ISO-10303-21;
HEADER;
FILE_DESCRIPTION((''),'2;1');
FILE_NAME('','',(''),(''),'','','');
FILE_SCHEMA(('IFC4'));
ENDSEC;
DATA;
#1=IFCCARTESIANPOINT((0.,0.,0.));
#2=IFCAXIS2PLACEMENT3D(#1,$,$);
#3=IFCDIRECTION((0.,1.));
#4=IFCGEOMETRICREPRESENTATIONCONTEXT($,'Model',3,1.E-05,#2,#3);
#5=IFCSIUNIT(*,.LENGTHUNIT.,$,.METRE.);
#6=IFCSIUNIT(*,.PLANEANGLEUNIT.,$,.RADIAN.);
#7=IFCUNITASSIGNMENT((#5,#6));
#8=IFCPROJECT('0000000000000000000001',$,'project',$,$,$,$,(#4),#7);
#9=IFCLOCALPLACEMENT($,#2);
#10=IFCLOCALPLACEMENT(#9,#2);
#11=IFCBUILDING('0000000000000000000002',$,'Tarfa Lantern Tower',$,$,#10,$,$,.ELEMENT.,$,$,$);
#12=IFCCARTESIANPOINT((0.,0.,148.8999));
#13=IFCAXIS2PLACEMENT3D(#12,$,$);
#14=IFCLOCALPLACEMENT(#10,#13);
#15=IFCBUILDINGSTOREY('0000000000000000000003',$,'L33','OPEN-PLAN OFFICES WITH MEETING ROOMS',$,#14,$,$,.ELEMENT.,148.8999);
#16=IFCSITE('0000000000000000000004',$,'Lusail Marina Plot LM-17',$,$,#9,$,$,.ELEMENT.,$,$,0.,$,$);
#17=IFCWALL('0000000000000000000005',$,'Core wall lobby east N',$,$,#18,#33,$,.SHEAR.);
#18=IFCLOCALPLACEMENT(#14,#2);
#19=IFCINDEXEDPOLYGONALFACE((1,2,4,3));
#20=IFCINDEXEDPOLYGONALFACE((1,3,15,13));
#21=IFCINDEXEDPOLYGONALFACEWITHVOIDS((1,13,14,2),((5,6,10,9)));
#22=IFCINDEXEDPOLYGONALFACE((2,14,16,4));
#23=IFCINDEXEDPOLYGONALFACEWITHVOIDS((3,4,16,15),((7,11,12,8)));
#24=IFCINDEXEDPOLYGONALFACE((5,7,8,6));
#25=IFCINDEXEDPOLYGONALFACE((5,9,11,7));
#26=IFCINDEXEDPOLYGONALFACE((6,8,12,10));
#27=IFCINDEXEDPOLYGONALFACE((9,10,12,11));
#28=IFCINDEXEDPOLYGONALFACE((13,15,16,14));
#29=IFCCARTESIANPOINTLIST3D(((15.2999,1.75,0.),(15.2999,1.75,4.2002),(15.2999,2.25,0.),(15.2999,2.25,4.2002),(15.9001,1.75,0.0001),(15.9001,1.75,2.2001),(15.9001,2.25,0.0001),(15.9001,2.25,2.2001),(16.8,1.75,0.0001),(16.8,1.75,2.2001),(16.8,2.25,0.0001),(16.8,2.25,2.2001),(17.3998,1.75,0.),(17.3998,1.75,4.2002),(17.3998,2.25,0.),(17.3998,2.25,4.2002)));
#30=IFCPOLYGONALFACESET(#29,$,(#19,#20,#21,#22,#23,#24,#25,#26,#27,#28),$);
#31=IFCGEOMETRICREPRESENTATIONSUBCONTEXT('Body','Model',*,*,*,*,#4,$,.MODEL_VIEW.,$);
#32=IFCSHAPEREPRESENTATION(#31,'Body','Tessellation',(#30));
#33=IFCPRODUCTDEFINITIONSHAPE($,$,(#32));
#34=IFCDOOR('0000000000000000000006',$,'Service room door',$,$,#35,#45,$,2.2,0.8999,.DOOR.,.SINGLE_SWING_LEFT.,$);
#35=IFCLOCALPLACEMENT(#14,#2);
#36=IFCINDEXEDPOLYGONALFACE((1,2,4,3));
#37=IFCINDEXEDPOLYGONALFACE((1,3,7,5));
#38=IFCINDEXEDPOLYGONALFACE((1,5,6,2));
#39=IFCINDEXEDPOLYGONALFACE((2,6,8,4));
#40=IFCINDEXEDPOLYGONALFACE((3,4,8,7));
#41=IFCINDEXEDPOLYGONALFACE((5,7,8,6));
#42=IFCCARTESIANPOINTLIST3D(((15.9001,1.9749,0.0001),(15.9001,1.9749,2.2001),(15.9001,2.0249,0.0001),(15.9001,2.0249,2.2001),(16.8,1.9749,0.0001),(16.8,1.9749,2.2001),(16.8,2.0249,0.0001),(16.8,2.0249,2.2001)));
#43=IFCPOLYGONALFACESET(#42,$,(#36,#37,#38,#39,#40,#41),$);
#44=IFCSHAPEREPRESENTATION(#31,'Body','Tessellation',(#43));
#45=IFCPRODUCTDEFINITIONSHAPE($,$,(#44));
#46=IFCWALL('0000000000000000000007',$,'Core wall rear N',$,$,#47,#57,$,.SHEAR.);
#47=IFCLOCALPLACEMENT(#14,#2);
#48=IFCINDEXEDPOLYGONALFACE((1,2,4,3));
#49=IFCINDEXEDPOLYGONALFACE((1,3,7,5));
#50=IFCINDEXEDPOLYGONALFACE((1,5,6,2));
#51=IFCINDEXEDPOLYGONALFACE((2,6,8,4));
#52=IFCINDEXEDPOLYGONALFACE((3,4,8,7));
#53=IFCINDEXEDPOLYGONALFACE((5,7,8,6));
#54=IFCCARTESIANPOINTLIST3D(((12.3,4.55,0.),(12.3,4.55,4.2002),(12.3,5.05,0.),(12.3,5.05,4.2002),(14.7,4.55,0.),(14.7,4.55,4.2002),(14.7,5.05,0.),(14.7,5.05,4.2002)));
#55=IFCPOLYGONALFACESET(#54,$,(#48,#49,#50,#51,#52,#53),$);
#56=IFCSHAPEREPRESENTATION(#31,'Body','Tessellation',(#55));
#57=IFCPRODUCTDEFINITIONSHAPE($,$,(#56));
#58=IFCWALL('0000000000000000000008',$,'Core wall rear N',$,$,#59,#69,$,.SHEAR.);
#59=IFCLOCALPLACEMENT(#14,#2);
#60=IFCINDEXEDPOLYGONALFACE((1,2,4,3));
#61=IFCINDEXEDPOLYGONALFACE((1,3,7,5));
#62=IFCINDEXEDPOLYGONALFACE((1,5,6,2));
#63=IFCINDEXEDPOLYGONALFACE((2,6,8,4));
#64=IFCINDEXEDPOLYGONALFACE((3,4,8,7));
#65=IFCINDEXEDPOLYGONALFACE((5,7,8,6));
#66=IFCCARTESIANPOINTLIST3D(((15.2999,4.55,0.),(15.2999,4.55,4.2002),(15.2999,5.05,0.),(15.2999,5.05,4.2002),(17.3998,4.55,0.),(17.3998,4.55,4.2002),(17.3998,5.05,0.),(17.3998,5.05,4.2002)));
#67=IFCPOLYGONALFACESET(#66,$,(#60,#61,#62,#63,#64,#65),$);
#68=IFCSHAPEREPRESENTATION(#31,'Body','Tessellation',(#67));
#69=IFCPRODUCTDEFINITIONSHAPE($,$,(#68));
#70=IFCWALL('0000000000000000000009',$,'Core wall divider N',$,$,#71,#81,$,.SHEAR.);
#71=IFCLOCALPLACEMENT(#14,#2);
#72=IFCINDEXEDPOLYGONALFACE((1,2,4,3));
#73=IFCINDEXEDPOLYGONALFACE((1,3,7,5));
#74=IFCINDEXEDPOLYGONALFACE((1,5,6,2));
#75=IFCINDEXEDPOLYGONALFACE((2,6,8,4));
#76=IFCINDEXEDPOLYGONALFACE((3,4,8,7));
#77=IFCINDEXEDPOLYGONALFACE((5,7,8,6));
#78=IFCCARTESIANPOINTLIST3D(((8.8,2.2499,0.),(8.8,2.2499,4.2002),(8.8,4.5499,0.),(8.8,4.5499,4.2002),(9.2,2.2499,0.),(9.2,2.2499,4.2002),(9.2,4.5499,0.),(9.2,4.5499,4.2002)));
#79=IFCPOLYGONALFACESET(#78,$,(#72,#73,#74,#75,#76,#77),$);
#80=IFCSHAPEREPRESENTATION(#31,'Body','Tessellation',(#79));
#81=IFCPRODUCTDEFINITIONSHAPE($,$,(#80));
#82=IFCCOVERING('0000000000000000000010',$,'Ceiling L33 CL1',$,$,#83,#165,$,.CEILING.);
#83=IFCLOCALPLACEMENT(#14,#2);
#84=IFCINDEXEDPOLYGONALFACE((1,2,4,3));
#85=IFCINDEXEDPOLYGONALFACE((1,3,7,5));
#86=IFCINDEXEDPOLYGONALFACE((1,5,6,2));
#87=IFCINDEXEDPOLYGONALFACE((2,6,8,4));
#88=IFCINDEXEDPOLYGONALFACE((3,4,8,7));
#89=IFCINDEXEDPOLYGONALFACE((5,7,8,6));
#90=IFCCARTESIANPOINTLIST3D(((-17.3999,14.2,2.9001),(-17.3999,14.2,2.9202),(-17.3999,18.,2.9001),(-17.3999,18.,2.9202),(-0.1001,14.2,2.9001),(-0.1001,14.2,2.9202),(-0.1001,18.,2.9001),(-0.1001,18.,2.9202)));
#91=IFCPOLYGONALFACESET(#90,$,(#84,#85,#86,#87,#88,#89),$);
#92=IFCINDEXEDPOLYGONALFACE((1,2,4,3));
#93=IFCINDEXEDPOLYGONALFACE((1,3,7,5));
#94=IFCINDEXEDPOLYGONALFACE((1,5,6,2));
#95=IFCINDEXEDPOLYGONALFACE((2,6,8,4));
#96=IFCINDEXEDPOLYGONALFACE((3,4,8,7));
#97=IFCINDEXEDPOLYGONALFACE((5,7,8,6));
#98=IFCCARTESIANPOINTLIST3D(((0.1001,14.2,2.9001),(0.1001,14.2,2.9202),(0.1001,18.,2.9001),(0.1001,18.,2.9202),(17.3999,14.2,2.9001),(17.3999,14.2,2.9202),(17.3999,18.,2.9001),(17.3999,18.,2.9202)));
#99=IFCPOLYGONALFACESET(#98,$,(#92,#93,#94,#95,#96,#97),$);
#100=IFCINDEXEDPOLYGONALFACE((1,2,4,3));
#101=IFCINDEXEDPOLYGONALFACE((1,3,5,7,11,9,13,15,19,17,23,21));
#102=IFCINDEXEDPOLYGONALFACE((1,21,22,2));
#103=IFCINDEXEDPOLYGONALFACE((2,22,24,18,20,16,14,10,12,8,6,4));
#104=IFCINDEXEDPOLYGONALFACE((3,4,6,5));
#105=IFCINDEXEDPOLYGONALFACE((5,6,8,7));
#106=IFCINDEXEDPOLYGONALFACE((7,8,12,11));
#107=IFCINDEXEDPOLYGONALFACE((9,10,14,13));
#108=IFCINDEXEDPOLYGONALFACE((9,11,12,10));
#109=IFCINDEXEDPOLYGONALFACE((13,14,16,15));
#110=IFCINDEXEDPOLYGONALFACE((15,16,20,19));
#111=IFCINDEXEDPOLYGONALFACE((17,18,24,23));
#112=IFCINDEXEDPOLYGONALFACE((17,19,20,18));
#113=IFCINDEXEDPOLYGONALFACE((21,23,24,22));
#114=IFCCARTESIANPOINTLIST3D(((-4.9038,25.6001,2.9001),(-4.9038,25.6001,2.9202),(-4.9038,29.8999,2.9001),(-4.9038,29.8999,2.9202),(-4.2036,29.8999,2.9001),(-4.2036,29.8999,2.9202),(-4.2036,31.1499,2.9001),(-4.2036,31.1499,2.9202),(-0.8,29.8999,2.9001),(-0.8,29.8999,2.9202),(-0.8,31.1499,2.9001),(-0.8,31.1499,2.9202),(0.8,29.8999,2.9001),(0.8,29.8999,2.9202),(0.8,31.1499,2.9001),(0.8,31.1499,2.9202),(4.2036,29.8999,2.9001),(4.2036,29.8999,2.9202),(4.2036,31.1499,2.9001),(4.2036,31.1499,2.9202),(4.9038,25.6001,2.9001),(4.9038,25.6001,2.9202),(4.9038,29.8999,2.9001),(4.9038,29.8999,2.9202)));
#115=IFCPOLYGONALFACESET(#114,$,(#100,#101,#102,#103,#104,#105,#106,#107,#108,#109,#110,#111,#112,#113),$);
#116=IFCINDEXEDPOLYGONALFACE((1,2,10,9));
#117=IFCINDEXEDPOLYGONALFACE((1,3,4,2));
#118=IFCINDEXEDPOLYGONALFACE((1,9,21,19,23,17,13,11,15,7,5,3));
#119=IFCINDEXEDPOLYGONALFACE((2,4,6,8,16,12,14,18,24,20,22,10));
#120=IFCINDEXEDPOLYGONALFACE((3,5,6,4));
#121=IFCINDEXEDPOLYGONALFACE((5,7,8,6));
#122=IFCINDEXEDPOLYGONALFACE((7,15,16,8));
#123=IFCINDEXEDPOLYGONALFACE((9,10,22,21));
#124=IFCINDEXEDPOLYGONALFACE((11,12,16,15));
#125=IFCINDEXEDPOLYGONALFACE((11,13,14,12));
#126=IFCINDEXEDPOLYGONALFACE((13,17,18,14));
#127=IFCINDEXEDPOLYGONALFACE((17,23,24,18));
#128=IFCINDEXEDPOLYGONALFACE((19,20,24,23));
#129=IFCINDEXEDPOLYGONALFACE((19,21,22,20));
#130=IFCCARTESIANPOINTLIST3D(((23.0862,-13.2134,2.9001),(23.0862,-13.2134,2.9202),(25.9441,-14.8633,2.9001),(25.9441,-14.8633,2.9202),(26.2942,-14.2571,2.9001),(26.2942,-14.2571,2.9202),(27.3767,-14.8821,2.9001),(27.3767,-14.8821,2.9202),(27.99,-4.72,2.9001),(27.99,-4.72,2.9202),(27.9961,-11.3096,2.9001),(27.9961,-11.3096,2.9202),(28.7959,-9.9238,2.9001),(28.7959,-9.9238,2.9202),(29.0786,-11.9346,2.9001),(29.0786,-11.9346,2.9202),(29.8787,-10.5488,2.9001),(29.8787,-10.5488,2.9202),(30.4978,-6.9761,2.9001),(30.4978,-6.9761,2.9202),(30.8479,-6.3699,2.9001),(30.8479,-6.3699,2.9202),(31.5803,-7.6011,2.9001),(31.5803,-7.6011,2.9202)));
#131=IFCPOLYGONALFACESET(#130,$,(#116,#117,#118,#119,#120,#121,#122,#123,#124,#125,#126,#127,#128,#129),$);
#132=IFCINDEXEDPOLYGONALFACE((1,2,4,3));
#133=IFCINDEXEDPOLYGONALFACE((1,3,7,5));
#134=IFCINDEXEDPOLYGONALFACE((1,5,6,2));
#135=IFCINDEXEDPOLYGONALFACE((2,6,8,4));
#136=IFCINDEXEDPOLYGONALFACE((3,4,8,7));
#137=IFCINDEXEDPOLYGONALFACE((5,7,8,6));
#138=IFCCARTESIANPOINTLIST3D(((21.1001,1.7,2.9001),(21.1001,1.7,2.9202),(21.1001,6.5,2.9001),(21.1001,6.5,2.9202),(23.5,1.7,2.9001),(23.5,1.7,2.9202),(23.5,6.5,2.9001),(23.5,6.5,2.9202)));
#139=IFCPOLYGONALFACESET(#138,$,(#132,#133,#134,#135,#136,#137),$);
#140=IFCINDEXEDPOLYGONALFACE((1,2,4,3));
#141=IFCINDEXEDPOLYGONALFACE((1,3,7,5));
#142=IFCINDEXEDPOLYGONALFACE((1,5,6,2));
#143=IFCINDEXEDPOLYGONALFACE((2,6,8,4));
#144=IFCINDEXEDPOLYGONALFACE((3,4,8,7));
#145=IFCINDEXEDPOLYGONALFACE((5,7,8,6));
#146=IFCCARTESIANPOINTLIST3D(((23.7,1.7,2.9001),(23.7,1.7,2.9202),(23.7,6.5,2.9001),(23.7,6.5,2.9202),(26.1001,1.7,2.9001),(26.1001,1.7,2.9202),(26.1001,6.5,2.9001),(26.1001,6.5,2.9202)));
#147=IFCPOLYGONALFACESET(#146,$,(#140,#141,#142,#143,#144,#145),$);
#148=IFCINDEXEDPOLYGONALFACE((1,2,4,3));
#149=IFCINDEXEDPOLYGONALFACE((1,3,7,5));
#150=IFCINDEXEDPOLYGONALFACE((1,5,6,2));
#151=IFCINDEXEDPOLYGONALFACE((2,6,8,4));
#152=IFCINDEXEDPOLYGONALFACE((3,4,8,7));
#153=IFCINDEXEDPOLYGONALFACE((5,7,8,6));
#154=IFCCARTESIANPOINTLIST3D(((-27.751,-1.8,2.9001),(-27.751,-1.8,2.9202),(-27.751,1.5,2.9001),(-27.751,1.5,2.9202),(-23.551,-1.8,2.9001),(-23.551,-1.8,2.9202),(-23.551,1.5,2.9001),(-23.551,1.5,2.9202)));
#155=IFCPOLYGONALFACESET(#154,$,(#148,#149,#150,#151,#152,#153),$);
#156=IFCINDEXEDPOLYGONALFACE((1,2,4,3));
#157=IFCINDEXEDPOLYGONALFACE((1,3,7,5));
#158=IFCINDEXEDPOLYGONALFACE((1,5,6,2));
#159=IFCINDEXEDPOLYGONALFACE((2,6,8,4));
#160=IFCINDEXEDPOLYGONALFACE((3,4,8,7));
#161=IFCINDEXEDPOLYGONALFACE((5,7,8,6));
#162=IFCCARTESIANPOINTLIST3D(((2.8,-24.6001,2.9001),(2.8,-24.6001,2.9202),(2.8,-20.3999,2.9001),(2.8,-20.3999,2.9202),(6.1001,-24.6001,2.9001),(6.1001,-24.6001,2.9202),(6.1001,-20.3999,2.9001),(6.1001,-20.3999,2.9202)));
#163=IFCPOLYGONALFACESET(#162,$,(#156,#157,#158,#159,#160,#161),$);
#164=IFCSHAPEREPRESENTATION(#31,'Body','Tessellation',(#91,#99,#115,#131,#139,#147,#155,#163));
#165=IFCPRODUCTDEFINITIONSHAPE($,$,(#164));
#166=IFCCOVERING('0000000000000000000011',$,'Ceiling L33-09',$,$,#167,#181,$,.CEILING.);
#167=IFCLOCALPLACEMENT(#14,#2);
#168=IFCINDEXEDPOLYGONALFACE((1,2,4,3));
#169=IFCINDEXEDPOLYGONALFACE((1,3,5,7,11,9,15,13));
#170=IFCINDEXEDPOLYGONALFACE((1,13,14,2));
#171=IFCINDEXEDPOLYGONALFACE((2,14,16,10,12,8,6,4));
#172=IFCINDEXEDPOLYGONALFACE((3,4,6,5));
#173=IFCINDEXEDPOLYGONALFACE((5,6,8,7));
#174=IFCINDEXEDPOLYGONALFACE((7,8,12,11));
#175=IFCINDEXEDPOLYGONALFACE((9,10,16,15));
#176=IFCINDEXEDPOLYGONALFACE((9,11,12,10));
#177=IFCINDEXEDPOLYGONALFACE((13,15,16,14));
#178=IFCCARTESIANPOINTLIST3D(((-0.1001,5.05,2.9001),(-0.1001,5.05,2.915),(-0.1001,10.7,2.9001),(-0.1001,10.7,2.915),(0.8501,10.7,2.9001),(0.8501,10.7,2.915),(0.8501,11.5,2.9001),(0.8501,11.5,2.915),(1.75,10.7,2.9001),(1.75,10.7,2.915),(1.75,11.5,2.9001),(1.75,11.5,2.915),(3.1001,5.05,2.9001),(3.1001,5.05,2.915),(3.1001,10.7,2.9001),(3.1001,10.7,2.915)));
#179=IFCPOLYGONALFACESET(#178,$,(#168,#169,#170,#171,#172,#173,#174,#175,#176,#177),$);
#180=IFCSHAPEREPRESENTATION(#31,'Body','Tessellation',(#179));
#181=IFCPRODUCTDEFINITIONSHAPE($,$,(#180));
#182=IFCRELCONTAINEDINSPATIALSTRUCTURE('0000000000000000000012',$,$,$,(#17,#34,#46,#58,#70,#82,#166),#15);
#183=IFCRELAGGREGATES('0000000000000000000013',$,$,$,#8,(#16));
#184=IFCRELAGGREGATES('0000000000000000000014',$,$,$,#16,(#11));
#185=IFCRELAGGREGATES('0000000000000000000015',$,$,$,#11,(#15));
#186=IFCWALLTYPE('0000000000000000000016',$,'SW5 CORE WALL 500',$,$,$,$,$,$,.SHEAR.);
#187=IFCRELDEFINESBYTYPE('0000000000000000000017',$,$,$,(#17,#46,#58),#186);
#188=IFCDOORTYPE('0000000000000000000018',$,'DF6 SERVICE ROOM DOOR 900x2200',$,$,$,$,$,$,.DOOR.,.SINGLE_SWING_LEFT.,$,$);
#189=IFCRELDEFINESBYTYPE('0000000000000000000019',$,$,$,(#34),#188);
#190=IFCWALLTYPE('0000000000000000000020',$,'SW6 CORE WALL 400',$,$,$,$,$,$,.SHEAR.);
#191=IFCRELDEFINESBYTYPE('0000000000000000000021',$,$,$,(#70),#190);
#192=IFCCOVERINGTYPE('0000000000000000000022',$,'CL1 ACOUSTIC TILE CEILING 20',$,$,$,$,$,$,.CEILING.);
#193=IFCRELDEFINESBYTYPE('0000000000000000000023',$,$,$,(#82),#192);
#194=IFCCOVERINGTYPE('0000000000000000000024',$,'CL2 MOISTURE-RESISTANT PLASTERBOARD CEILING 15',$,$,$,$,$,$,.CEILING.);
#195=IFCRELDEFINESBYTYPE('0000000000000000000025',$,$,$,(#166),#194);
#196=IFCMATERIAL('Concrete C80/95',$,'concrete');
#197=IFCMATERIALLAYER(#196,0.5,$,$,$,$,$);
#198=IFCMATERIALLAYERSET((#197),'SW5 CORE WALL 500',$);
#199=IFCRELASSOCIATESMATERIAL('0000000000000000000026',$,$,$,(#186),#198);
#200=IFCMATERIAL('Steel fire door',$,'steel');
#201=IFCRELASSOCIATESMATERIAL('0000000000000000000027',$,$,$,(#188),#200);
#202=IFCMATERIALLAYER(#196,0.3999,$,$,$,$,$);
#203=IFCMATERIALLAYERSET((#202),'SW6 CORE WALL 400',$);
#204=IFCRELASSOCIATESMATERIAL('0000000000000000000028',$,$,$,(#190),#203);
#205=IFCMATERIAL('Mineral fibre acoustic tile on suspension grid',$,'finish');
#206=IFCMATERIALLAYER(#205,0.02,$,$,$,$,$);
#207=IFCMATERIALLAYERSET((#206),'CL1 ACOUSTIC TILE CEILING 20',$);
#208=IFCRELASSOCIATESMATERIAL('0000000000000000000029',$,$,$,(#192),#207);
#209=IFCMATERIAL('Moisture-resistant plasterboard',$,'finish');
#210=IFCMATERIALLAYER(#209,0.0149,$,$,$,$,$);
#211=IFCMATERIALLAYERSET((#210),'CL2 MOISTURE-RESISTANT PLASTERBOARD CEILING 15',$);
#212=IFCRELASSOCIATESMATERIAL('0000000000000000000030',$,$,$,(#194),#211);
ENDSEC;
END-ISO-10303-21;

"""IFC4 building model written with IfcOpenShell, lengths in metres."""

from ifc_helpers import new_model, si_unit, direction, frame, frame_2d, origin, place, context, subcontext, project, spatial, polyline, rectangle, outline, extrude, material, layer, layer_set, type_object, element, fill, save


model = new_model("IFC4")

# Units and contexts
model_context = context("Model", 3, precision=1e-05, world=origin(), true_north=direction((0.0, 1.0)))
body_context = subcontext(model_context, "Body", "Model", "MODEL_VIEW")
ifc_project = project(units=[si_unit("LENGTHUNIT", "METRE"), si_unit("PLANEANGLEUNIT", "RADIAN")], contexts=[model_context])

# Site, building, storey
site_placement = place(None, origin())
site = spatial("IfcSite", under=ifc_project, at=site_placement, Name="Lusail Marina Plot LM-17", CompositionType="ELEMENT", RefElevation=0.0)
building_placement = place(site_placement, origin())
building = spatial("IfcBuilding", under=site, at=building_placement, Name="Tarfa Lantern Tower", CompositionType="ELEMENT")
storey_placement = place(building_placement, frame((0.0, 0.0, 148.8999)))
storey = spatial("IfcBuildingStorey", under=building, at=storey_placement, Name="L33", Description="OPEN-PLAN OFFICES WITH MEETING ROOMS", CompositionType="ELEMENT", Elevation=148.8999)

# Shared definitions
ifc_material_1 = material(Name="Concrete C80/95", Category="concrete")
ifc_layer_1 = layer(ifc_material_1, 0.5)
ifc_layer_set_1 = layer_set([ifc_layer_1], Name="SW5 CORE WALL 500")
wall_type_1 = type_object("IfcWallType", Name="SW5 CORE WALL 500", PredefinedType="SHEAR", material=ifc_layer_set_1)

# Wall, opening, door
wall_1_placement = place(storey_placement, frame((15.3, 2.0, 0.0), z_axis=(0.0, 0.0, 1.0), x_axis=(1.0, 0.0, 0.0)))
wall_1 = element("IfcWall", 1, at=wall_1_placement, inside=storey, type_object=wall_type_1, Name="Core wall lobby east N", PredefinedType="SHEAR", context=body_context, shape_type="SweptSolid", body=[
    extrude(rectangle(XDim=2.0999, YDim=0.5, at=frame_2d((1.0498, 0.0))), origin(), (0.0, 0.0, 1.0), 4.2002),
])
opening_1_placement = place(wall_1_placement, frame((0.6001, 0.0, 0.0)))
opening_1 = element("IfcOpeningElement", 2, at=opening_1_placement, cuts=wall_1, PredefinedType="OPENING", context=body_context, shape_type="SweptSolid", body=[
    extrude(rectangle(XDim=0.8999, YDim=2.2, at=frame_2d((0.45, 1.1001))), frame((0.0, 0.26, 0.0), z_axis=(0.0, -1.0, 0.0), x_axis=(1.0, 0.0, 0.0)), (0.0, 0.0, 1.0), 0.52),
])
ifc_material_2 = material(Name="Steel fire door", Category="steel")
door_type_1 = type_object("IfcDoorType", Name="DF6 SERVICE ROOM DOOR 900x2200", OperationType="SINGLE_SWING_LEFT", PredefinedType="DOOR", material=ifc_material_2)
door_1_placement = place(opening_1_placement, origin())
door_1 = element("IfcDoor", 3, at=door_1_placement, inside=storey, type_object=door_type_1, Name="Service room door", OperationType="SINGLE_SWING_LEFT", OverallHeight=2.2, OverallWidth=0.8999, PredefinedType="DOOR", context=body_context, shape_type="SweptSolid", body=[
    extrude(rectangle(XDim=0.8999, YDim=2.2, at=frame_2d((0.45, 1.1001))), frame((0.0, 0.0249, 0.0), z_axis=(0.0, -1.0, 0.0), x_axis=(1.0, 0.0, 0.0)), (0.0, 0.0, 1.0), 0.05),
])
fill(opening_1, door_1)

# Walls
wall_2_placement = place(storey_placement, frame((12.3, 4.8, 0.0), z_axis=(0.0, 0.0, 1.0), x_axis=(1.0, 0.0, 0.0)))
element("IfcWall", 4, at=wall_2_placement, inside=storey, type_object=wall_type_1, Name="Core wall rear N", PredefinedType="SHEAR", context=body_context, shape_type="SweptSolid", body=[
    extrude(rectangle(XDim=2.3999, YDim=0.5, at=frame_2d((1.2, 0.0))), origin(), (0.0, 0.0, 1.0), 4.2002),
])
wall_3_placement = place(storey_placement, frame((15.3, 4.8, 0.0), z_axis=(0.0, 0.0, 1.0), x_axis=(1.0, 0.0, 0.0)))
element("IfcWall", 5, at=wall_3_placement, inside=storey, type_object=wall_type_1, Name="Core wall rear N", PredefinedType="SHEAR", context=body_context, shape_type="SweptSolid", body=[
    extrude(rectangle(XDim=2.0999, YDim=0.5, at=frame_2d((1.0498, 0.0))), origin(), (0.0, 0.0, 1.0), 4.2002),
])
ifc_layer_2 = layer(ifc_material_1, 0.3999)
ifc_layer_set_2 = layer_set([ifc_layer_2], Name="SW6 CORE WALL 400")
wall_type_2 = type_object("IfcWallType", Name="SW6 CORE WALL 400", PredefinedType="SHEAR", material=ifc_layer_set_2)
wall_4_placement = place(storey_placement, frame((9.0, 2.25, 0.0), z_axis=(0.0, 0.0, 1.0), x_axis=(0.0, 1.0, 0.0)))
element("IfcWall", 6, at=wall_4_placement, inside=storey, type_object=wall_type_2, Name="Core wall divider N", PredefinedType="SHEAR", context=body_context, shape_type="SweptSolid", body=[
    extrude(rectangle(XDim=2.3, YDim=0.3999, at=frame_2d((1.1499, 0.0))), origin(), (0.0, 0.0, 1.0), 4.2002),
])

# Coverings
ifc_material_3 = material(Name="Mineral fibre acoustic tile on suspension grid", Category="finish")
ifc_layer_3 = layer(ifc_material_3, 0.02)
ifc_layer_set_3 = layer_set([ifc_layer_3], Name="CL1 ACOUSTIC TILE CEILING 20")
covering_type_1 = type_object("IfcCoveringType", Name="CL1 ACOUSTIC TILE CEILING 20", PredefinedType="CEILING", material=ifc_layer_set_3)
covering_1_placement = place(storey_placement, frame((0.0, 0.0, 2.9001)))
element("IfcCovering", 7, at=covering_1_placement, inside=storey, type_object=covering_type_1, Name="Ceiling L33 CL1", PredefinedType="CEILING", context=body_context, shape_type="SweptSolid", body=[
    extrude(outline(polyline([(-17.3999, 18.0), (-0.1001, 18.0), (-0.1001, 14.2), (-17.3999, 14.2), (-17.3999, 18.0)])), origin(), (0.0, 0.0, 1.0), 0.02),
    extrude(outline(polyline([(0.1001, 18.0), (17.3999, 18.0), (17.3999, 14.2), (0.1001, 14.2), (0.1001, 18.0)])), origin(), (0.0, 0.0, 1.0), 0.02),
    extrude(outline(polyline([(4.9038, 25.6001), (-4.9038, 25.6001), (-4.9038, 29.8999), (-4.2036, 29.8999), (-4.2036, 31.1499), (-0.8, 31.1499), (-0.8, 29.8999), (0.8, 29.8999), (0.8, 31.1499), (4.2036, 31.1499), (4.2036, 29.8999), (4.9038, 29.8999), (4.9038, 25.6001)])), origin(), (0.0, 0.0, 1.0), 0.02),
    extrude(outline(polyline([(27.99, -4.72), (30.8479, -6.3699), (30.4978, -6.9761), (31.5803, -7.6011), (29.8787, -10.5488), (28.7959, -9.9238), (27.9961, -11.3096), (29.0786, -11.9346), (27.3767, -14.8821), (26.2942, -14.2571), (25.9441, -14.8633), (23.0862, -13.2134), (27.99, -4.72)])), origin(), (0.0, 0.0, 1.0), 0.02),
    extrude(outline(polyline([(21.1001, 6.5), (23.5, 6.5), (23.5, 1.7), (21.1001, 1.7), (21.1001, 6.5)])), origin(), (0.0, 0.0, 1.0), 0.02),
    extrude(outline(polyline([(23.7, 6.5), (26.1001, 6.5), (26.1001, 1.7), (23.7, 1.7), (23.7, 6.5)])), origin(), (0.0, 0.0, 1.0), 0.02),
    extrude(outline(polyline([(-27.751, -1.8), (-27.751, 1.5), (-23.551, 1.5), (-23.551, -1.8), (-27.751, -1.8)])), origin(), (0.0, 0.0, 1.0), 0.02),
    extrude(outline(polyline([(6.1001, -24.6001), (2.8, -24.6001), (2.8, -20.3999), (6.1001, -20.3999), (6.1001, -24.6001)])), origin(), (0.0, 0.0, 1.0), 0.02),
])
ifc_material_4 = material(Name="Moisture-resistant plasterboard", Category="finish")
ifc_layer_4 = layer(ifc_material_4, 0.0149)
ifc_layer_set_4 = layer_set([ifc_layer_4], Name="CL2 MOISTURE-RESISTANT PLASTERBOARD CEILING 15")
covering_type_2 = type_object("IfcCoveringType", Name="CL2 MOISTURE-RESISTANT PLASTERBOARD CEILING 15", PredefinedType="CEILING", material=ifc_layer_set_4)
covering_2_placement = place(storey_placement, frame((0.0, 0.0, 2.9001)))
element("IfcCovering", 8, at=covering_2_placement, inside=storey, type_object=covering_type_2, Name="Ceiling L33-09", PredefinedType="CEILING", context=body_context, shape_type="SweptSolid", body=[
    extrude(outline(polyline([(0.8501, 10.7), (-0.1001, 10.7), (-0.1001, 5.05), (3.1001, 5.05), (3.1001, 10.7), (1.75, 10.7), (1.75, 11.5), (0.8501, 11.5), (0.8501, 10.7)])), origin(), (0.0, 0.0, 1.0), 0.0149),
])

save(model, "model.ifc")
